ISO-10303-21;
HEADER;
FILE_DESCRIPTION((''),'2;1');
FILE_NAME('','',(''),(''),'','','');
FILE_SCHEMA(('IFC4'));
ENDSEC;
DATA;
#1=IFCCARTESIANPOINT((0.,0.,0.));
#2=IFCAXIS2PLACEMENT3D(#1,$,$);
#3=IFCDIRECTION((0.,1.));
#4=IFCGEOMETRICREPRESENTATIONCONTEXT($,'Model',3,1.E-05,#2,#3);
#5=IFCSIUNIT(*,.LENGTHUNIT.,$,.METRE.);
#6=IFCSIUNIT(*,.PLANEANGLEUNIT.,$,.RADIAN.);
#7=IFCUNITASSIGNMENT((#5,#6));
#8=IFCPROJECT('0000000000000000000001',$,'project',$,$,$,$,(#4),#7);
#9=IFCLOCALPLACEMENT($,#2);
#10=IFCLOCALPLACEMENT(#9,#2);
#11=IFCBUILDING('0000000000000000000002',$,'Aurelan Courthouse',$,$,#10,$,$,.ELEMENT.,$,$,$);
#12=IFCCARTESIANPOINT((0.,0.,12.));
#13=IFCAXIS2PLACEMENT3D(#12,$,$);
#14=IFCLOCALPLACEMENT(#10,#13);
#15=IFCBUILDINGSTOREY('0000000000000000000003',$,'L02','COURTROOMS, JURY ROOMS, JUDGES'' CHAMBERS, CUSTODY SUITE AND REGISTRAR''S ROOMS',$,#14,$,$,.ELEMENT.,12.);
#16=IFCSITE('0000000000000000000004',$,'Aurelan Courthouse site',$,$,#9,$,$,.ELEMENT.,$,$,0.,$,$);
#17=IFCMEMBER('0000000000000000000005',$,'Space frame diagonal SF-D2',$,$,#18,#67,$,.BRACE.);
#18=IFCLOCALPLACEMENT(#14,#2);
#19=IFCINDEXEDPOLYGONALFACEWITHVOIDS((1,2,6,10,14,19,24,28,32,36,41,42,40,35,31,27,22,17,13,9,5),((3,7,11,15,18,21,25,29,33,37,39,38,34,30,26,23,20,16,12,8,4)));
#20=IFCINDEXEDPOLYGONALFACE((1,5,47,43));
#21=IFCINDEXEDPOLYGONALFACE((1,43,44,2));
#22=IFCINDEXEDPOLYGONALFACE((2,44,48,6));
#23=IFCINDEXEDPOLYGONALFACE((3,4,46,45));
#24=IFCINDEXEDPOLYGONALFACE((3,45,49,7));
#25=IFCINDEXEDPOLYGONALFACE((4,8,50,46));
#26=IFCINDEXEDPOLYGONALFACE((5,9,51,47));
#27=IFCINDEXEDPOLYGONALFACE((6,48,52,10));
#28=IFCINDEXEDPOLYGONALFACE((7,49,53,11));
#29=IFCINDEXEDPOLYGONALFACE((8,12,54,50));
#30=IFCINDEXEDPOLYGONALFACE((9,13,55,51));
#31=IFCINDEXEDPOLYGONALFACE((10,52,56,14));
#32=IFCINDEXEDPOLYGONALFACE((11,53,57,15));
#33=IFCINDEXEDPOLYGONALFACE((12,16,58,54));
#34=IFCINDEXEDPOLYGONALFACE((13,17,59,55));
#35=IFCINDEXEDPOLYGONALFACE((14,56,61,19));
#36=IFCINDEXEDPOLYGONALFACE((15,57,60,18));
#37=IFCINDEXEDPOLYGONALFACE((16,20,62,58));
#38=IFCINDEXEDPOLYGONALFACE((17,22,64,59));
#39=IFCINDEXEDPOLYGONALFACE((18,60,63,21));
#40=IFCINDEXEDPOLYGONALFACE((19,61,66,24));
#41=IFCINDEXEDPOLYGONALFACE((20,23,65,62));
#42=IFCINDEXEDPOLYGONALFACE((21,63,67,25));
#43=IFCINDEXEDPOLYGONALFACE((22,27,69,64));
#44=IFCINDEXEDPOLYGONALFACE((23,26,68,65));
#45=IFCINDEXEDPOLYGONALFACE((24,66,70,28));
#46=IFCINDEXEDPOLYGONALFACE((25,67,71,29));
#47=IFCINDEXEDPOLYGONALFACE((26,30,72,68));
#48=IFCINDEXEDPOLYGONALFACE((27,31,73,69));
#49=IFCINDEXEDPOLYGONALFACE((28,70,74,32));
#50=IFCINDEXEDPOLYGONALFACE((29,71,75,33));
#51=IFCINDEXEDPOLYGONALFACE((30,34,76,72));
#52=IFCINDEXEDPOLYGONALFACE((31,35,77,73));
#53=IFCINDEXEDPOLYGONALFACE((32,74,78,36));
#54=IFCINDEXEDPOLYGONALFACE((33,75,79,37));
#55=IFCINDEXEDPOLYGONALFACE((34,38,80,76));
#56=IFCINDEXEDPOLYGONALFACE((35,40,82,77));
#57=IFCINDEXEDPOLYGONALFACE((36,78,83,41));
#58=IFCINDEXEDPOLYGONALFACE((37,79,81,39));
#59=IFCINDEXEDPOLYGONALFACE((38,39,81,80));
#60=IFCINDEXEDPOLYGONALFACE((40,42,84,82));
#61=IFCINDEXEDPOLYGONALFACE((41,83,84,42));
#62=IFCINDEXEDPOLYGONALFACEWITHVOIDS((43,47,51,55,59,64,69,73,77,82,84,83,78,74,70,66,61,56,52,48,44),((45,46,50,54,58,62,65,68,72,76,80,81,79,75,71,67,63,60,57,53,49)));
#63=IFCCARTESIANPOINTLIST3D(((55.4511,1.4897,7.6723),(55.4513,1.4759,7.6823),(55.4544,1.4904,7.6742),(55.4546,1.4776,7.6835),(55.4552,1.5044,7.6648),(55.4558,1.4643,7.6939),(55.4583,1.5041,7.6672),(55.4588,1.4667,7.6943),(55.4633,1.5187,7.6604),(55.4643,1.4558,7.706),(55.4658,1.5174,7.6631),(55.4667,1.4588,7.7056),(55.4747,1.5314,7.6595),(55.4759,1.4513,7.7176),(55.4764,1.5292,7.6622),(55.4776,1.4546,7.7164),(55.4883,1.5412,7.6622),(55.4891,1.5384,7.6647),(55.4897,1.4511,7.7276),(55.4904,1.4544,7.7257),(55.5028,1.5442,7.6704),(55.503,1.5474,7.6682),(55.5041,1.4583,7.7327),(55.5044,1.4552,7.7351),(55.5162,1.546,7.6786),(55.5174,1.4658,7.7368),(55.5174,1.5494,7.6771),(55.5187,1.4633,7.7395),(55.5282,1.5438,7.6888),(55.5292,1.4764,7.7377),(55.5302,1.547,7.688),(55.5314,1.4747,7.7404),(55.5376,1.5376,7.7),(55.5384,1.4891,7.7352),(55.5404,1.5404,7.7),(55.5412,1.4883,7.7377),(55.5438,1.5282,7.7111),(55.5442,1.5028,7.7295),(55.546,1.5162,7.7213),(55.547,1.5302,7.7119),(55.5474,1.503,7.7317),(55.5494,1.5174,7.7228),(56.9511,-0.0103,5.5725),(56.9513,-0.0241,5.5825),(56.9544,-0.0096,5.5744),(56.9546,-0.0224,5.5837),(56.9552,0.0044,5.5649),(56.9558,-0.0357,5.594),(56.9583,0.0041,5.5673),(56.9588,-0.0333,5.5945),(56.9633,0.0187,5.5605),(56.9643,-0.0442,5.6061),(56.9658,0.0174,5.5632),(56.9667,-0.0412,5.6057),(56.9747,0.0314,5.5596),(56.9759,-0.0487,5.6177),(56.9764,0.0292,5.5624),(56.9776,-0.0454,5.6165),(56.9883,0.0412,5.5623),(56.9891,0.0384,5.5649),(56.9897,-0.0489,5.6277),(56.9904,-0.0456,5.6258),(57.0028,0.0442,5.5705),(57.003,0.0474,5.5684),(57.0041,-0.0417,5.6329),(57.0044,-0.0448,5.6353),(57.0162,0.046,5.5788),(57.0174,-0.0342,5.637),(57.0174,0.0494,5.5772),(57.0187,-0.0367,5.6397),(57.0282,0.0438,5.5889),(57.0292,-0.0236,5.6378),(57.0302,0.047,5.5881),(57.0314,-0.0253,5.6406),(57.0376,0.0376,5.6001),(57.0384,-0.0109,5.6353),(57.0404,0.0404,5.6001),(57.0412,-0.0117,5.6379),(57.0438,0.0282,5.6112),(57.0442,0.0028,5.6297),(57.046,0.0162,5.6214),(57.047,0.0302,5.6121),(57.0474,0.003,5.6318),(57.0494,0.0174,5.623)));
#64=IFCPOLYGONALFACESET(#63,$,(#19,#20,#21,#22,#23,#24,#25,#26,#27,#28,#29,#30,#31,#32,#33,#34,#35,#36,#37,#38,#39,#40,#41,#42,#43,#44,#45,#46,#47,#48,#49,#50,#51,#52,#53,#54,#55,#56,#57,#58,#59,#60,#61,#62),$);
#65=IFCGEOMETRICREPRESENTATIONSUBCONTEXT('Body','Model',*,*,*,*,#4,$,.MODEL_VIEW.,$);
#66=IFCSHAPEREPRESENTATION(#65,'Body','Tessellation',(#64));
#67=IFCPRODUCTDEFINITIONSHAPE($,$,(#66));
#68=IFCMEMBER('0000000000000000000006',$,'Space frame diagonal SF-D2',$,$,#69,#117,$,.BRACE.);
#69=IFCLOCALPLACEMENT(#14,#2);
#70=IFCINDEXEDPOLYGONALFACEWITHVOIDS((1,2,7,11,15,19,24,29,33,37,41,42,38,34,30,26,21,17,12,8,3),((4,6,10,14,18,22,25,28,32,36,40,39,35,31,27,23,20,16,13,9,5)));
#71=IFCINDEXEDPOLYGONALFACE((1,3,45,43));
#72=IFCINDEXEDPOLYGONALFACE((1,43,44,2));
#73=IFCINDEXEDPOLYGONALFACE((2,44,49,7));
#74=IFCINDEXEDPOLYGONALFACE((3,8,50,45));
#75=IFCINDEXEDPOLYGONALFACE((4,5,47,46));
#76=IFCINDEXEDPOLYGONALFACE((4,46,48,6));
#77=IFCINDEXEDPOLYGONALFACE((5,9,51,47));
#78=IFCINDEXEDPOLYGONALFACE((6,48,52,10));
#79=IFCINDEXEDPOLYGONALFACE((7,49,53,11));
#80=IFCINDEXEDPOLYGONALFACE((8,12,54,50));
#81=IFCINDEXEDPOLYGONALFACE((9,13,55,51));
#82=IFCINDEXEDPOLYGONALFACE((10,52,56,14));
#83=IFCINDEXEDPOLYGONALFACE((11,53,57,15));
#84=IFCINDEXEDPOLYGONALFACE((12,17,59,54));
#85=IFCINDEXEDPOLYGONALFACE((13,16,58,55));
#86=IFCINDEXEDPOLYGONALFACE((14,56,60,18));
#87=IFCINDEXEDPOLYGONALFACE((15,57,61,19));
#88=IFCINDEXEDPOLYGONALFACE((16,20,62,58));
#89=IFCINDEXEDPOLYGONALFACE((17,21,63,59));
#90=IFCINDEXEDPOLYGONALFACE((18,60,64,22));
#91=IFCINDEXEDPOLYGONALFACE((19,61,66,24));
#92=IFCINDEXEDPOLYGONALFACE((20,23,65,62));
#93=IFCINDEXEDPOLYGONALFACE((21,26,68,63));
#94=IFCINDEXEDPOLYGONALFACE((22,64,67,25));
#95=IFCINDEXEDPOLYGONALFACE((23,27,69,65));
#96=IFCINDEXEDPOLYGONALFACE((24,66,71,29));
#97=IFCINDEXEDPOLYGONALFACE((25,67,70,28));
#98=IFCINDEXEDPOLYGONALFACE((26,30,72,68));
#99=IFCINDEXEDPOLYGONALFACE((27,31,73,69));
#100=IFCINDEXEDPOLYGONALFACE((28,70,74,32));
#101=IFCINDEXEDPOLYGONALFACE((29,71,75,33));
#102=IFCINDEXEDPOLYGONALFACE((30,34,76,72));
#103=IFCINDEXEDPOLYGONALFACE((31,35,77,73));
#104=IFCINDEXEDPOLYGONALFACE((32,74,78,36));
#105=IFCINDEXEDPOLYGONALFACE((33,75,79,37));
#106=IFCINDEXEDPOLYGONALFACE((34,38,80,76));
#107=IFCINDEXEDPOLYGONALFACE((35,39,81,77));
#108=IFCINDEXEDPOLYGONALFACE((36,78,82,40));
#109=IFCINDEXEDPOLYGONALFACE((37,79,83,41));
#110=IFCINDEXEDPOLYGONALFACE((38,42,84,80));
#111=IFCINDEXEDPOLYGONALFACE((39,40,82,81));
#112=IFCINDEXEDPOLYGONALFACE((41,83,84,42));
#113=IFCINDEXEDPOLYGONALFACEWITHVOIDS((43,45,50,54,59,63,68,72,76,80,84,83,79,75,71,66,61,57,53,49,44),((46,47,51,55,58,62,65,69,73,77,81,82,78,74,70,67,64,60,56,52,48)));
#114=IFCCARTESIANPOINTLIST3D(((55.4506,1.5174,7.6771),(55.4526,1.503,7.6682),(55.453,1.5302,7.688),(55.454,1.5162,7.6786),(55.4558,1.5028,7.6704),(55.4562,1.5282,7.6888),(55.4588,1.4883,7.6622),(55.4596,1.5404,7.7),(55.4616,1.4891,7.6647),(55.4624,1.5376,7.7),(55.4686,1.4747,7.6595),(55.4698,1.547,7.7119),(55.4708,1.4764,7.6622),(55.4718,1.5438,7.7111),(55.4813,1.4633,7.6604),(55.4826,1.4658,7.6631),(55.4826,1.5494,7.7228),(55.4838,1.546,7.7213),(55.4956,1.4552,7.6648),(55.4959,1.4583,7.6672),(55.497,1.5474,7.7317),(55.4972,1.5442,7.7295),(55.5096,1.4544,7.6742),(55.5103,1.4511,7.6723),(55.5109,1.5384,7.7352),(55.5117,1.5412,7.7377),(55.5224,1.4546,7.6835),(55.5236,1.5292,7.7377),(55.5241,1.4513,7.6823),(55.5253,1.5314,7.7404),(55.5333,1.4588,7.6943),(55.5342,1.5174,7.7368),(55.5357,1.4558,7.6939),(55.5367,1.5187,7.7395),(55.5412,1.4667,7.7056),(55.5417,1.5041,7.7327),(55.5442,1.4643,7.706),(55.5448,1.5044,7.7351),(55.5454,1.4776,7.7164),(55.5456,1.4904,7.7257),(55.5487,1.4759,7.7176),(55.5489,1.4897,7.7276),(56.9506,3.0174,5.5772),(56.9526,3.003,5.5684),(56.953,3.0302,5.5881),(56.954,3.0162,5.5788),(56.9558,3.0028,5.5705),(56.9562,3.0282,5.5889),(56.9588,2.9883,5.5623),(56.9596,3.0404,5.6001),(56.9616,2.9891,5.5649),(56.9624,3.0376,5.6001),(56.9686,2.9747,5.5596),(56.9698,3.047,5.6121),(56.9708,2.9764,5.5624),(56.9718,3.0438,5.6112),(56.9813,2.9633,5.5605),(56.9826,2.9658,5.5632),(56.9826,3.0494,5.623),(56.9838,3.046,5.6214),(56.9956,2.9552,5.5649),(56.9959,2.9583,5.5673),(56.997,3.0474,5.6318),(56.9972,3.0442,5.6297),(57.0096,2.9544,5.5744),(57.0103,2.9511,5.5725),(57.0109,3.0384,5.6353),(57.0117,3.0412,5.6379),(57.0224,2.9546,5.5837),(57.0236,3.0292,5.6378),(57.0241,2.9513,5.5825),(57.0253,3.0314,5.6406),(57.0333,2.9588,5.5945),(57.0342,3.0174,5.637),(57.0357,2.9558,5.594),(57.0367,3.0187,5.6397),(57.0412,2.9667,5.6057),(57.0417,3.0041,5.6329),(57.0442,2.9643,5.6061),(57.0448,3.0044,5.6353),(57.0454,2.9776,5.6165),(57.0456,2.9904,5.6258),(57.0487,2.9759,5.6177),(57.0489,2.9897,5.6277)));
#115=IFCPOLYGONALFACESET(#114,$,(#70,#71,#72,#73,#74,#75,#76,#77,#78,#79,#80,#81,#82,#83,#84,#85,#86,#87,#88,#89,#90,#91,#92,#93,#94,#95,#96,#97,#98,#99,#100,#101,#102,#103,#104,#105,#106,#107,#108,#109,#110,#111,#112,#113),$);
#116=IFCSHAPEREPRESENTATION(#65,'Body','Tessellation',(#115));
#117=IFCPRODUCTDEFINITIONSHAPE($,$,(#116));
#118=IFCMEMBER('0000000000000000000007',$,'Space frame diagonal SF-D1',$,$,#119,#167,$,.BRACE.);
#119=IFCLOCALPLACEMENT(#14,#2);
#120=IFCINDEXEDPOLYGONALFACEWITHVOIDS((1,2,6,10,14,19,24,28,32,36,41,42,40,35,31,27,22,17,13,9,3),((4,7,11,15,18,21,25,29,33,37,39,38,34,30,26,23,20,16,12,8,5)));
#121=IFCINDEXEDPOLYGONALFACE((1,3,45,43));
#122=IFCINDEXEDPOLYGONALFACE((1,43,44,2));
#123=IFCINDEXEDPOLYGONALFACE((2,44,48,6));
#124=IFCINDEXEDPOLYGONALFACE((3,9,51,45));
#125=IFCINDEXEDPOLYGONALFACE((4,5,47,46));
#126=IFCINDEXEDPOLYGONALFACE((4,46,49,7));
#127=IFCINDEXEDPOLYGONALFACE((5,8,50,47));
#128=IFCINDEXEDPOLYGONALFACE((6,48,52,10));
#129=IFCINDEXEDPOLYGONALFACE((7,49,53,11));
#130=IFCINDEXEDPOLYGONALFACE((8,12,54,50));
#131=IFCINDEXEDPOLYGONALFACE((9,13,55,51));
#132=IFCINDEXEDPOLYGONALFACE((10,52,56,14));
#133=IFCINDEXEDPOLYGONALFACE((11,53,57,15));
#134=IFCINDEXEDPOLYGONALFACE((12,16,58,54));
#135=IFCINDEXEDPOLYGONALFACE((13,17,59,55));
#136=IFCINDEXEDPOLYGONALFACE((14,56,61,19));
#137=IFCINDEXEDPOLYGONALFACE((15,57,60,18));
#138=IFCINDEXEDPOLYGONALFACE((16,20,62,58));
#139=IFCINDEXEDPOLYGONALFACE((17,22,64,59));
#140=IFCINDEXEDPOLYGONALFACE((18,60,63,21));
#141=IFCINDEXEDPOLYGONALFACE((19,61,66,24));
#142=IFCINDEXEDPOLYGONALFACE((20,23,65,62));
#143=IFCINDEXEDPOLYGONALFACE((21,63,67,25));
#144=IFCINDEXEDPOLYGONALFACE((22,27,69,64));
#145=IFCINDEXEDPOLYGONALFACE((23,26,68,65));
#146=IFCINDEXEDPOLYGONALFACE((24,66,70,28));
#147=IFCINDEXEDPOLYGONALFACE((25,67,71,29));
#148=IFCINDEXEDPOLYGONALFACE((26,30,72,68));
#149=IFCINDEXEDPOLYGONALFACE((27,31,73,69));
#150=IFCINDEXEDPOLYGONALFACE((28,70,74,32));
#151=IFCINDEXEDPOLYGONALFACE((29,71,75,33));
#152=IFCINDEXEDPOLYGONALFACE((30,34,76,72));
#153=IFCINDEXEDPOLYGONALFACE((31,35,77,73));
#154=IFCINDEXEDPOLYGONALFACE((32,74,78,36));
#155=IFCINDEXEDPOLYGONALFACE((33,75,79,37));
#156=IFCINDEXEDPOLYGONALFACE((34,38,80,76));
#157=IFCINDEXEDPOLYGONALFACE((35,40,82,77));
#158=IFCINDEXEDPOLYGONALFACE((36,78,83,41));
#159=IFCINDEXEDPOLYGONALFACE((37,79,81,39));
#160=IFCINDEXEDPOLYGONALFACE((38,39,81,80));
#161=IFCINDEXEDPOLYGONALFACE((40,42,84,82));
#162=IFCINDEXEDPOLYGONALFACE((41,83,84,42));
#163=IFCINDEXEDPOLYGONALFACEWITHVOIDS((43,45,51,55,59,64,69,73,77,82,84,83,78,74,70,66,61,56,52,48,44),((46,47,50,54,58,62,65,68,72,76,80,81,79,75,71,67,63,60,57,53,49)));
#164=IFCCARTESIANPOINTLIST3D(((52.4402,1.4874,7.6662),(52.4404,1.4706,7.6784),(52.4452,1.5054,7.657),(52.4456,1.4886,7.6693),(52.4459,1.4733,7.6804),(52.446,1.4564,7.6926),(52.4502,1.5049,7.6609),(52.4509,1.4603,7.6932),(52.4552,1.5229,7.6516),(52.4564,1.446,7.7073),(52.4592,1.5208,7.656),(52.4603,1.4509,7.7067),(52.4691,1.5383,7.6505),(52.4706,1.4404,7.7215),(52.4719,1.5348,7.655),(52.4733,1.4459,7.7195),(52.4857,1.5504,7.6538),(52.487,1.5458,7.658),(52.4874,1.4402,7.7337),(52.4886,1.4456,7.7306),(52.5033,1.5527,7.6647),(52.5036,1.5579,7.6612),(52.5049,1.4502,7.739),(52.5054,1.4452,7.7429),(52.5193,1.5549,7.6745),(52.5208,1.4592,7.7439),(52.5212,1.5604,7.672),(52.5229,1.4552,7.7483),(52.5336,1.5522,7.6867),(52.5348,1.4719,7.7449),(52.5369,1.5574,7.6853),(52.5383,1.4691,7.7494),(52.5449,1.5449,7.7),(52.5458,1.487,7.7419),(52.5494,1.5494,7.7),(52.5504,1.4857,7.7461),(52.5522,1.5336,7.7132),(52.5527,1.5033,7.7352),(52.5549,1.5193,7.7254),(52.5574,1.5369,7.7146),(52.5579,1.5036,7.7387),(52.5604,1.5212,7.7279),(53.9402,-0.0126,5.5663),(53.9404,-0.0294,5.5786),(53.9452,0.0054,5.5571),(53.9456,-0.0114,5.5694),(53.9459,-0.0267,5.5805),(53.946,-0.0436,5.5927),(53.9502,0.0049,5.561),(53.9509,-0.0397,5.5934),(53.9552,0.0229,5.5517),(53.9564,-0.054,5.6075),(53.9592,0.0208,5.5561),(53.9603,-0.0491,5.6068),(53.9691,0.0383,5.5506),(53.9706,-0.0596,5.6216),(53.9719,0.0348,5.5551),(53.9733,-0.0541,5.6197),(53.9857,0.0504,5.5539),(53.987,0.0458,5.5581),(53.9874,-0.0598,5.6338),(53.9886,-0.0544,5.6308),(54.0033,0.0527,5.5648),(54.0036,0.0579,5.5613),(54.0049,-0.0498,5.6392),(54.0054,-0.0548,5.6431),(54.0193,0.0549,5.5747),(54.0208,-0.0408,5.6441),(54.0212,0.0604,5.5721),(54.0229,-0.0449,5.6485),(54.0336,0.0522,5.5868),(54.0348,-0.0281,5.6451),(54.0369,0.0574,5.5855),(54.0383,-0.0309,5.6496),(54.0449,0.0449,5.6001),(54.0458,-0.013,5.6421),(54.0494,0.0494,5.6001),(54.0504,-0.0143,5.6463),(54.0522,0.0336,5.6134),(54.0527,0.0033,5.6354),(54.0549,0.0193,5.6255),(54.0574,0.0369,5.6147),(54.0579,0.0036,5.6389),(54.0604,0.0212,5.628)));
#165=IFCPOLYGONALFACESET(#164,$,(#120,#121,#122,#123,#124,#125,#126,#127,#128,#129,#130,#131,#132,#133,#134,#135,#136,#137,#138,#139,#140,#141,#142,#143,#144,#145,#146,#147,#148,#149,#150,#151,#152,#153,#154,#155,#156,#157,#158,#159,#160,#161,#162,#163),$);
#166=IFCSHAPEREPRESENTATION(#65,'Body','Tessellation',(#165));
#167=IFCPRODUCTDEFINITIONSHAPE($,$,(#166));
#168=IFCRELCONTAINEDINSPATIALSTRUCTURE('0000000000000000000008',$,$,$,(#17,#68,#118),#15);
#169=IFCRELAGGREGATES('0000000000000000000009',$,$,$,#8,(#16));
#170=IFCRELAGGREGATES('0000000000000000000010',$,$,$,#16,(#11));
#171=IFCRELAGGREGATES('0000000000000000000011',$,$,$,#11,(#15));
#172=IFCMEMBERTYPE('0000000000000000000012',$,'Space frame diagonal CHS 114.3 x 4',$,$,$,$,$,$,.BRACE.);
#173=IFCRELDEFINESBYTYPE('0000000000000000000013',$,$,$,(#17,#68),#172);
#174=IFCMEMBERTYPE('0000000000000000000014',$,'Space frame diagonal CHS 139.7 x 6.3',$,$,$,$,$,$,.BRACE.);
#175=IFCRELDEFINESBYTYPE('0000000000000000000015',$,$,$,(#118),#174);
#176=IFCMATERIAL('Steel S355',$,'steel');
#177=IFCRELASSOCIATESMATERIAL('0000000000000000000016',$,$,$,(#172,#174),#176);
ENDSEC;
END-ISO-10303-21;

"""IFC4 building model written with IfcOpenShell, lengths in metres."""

from ifc_helpers import new_model, si_unit, direction, frame, origin, origin_2d, place, context, subcontext, project, spatial, hollow_circle, extrude, material, material_profile, profile_set, type_object, element, save


model = new_model("IFC4")

# Units and contexts
model_context = context("Model", 3, precision=1e-05, world=origin(), true_north=direction((0.0, 1.0)))
body_context = subcontext(model_context, "Body", "Model", "MODEL_VIEW")
ifc_project = project(units=[si_unit("LENGTHUNIT", "METRE"), si_unit("PLANEANGLEUNIT", "RADIAN")], contexts=[model_context])

# Site, building, storey
site_placement = place(None, origin())
site = spatial("IfcSite", under=ifc_project, at=site_placement, Name="Aurelan Courthouse site", CompositionType="ELEMENT", RefElevation=0.0)
building_placement = place(site_placement, origin())
building = spatial("IfcBuilding", under=site, at=building_placement, Name="Aurelan Courthouse", CompositionType="ELEMENT")
storey_placement = place(building_placement, frame((0.0, 0.0, 12.0)))
storey = spatial("IfcBuildingStorey", under=building, at=storey_placement, Name="L02", Description="COURTROOMS, JURY ROOMS, JUDGES' CHAMBERS, CUSTODY SUITE AND REGISTRAR'S ROOMS", CompositionType="ELEMENT", Elevation=12.0)

# Members
ifc_material_1 = material(Name="Steel S355", Category="steel")
ifc_material_profile_1 = material_profile(ifc_material_1, hollow_circle(Radius=0.0571, WallThickness=0.0039, at=origin_2d()), Name="CHS 114.3 x 4")
ifc_profile_set_1 = profile_set([ifc_material_profile_1], Name="Steel S355")
member_type_1 = type_object("IfcMemberType", Name="Space frame diagonal CHS 114.3 x 4", PredefinedType="BRACE", material=ifc_profile_set_1)
for number, where, z_axis, x_axis, name in (
    (1, (55.5, 1.5, 7.7), (0.502536, -0.502536, -0.703502), (0.707107, 0.707107, 0.0), "Space frame diagonal SF-D2"),
    (2, (55.5, 1.5, 7.7), (0.502536, 0.502536, -0.703502), (-0.707107, 0.707107, 0.0), "Space frame diagonal SF-D2"),
):
    element("IfcMember", number, at=place(storey_placement, frame(where, z_axis=z_axis, x_axis=x_axis)), inside=storey, type_object=member_type_1, Name=name, PredefinedType="BRACE", context=body_context, shape_type="SweptSolid", body=[
        extrude(hollow_circle(Radius=0.0571, WallThickness=0.0039, at=origin_2d()), origin(), (0.0, 0.0, 1.0), 2.9849),
    ])
ifc_material_profile_2 = material_profile(ifc_material_1, hollow_circle(Radius=0.0698, WallThickness=0.0063, at=origin_2d()), Name="CHS 139.7 x 6.3")
ifc_profile_set_2 = profile_set([ifc_material_profile_2], Name="Steel S355")
member_type_2 = type_object("IfcMemberType", Name="Space frame diagonal CHS 139.7 x 6.3", PredefinedType="BRACE", material=ifc_profile_set_2)
for number, where, z_axis, x_axis, name in (
    (3, (52.5, 1.5, 7.7), (0.502536, -0.502536, -0.703502), (0.707107, 0.707107, 0.0), "Space frame diagonal SF-D1"),
):
    element("IfcMember", number, at=place(storey_placement, frame(where, z_axis=z_axis, x_axis=x_axis)), inside=storey, type_object=member_type_2, Name=name, PredefinedType="BRACE", context=body_context, shape_type="SweptSolid", body=[
        extrude(hollow_circle(Radius=0.0698, WallThickness=0.0063, at=origin_2d()), origin(), (0.0, 0.0, 1.0), 2.9849),
    ])

save(model, "model.ifc")
